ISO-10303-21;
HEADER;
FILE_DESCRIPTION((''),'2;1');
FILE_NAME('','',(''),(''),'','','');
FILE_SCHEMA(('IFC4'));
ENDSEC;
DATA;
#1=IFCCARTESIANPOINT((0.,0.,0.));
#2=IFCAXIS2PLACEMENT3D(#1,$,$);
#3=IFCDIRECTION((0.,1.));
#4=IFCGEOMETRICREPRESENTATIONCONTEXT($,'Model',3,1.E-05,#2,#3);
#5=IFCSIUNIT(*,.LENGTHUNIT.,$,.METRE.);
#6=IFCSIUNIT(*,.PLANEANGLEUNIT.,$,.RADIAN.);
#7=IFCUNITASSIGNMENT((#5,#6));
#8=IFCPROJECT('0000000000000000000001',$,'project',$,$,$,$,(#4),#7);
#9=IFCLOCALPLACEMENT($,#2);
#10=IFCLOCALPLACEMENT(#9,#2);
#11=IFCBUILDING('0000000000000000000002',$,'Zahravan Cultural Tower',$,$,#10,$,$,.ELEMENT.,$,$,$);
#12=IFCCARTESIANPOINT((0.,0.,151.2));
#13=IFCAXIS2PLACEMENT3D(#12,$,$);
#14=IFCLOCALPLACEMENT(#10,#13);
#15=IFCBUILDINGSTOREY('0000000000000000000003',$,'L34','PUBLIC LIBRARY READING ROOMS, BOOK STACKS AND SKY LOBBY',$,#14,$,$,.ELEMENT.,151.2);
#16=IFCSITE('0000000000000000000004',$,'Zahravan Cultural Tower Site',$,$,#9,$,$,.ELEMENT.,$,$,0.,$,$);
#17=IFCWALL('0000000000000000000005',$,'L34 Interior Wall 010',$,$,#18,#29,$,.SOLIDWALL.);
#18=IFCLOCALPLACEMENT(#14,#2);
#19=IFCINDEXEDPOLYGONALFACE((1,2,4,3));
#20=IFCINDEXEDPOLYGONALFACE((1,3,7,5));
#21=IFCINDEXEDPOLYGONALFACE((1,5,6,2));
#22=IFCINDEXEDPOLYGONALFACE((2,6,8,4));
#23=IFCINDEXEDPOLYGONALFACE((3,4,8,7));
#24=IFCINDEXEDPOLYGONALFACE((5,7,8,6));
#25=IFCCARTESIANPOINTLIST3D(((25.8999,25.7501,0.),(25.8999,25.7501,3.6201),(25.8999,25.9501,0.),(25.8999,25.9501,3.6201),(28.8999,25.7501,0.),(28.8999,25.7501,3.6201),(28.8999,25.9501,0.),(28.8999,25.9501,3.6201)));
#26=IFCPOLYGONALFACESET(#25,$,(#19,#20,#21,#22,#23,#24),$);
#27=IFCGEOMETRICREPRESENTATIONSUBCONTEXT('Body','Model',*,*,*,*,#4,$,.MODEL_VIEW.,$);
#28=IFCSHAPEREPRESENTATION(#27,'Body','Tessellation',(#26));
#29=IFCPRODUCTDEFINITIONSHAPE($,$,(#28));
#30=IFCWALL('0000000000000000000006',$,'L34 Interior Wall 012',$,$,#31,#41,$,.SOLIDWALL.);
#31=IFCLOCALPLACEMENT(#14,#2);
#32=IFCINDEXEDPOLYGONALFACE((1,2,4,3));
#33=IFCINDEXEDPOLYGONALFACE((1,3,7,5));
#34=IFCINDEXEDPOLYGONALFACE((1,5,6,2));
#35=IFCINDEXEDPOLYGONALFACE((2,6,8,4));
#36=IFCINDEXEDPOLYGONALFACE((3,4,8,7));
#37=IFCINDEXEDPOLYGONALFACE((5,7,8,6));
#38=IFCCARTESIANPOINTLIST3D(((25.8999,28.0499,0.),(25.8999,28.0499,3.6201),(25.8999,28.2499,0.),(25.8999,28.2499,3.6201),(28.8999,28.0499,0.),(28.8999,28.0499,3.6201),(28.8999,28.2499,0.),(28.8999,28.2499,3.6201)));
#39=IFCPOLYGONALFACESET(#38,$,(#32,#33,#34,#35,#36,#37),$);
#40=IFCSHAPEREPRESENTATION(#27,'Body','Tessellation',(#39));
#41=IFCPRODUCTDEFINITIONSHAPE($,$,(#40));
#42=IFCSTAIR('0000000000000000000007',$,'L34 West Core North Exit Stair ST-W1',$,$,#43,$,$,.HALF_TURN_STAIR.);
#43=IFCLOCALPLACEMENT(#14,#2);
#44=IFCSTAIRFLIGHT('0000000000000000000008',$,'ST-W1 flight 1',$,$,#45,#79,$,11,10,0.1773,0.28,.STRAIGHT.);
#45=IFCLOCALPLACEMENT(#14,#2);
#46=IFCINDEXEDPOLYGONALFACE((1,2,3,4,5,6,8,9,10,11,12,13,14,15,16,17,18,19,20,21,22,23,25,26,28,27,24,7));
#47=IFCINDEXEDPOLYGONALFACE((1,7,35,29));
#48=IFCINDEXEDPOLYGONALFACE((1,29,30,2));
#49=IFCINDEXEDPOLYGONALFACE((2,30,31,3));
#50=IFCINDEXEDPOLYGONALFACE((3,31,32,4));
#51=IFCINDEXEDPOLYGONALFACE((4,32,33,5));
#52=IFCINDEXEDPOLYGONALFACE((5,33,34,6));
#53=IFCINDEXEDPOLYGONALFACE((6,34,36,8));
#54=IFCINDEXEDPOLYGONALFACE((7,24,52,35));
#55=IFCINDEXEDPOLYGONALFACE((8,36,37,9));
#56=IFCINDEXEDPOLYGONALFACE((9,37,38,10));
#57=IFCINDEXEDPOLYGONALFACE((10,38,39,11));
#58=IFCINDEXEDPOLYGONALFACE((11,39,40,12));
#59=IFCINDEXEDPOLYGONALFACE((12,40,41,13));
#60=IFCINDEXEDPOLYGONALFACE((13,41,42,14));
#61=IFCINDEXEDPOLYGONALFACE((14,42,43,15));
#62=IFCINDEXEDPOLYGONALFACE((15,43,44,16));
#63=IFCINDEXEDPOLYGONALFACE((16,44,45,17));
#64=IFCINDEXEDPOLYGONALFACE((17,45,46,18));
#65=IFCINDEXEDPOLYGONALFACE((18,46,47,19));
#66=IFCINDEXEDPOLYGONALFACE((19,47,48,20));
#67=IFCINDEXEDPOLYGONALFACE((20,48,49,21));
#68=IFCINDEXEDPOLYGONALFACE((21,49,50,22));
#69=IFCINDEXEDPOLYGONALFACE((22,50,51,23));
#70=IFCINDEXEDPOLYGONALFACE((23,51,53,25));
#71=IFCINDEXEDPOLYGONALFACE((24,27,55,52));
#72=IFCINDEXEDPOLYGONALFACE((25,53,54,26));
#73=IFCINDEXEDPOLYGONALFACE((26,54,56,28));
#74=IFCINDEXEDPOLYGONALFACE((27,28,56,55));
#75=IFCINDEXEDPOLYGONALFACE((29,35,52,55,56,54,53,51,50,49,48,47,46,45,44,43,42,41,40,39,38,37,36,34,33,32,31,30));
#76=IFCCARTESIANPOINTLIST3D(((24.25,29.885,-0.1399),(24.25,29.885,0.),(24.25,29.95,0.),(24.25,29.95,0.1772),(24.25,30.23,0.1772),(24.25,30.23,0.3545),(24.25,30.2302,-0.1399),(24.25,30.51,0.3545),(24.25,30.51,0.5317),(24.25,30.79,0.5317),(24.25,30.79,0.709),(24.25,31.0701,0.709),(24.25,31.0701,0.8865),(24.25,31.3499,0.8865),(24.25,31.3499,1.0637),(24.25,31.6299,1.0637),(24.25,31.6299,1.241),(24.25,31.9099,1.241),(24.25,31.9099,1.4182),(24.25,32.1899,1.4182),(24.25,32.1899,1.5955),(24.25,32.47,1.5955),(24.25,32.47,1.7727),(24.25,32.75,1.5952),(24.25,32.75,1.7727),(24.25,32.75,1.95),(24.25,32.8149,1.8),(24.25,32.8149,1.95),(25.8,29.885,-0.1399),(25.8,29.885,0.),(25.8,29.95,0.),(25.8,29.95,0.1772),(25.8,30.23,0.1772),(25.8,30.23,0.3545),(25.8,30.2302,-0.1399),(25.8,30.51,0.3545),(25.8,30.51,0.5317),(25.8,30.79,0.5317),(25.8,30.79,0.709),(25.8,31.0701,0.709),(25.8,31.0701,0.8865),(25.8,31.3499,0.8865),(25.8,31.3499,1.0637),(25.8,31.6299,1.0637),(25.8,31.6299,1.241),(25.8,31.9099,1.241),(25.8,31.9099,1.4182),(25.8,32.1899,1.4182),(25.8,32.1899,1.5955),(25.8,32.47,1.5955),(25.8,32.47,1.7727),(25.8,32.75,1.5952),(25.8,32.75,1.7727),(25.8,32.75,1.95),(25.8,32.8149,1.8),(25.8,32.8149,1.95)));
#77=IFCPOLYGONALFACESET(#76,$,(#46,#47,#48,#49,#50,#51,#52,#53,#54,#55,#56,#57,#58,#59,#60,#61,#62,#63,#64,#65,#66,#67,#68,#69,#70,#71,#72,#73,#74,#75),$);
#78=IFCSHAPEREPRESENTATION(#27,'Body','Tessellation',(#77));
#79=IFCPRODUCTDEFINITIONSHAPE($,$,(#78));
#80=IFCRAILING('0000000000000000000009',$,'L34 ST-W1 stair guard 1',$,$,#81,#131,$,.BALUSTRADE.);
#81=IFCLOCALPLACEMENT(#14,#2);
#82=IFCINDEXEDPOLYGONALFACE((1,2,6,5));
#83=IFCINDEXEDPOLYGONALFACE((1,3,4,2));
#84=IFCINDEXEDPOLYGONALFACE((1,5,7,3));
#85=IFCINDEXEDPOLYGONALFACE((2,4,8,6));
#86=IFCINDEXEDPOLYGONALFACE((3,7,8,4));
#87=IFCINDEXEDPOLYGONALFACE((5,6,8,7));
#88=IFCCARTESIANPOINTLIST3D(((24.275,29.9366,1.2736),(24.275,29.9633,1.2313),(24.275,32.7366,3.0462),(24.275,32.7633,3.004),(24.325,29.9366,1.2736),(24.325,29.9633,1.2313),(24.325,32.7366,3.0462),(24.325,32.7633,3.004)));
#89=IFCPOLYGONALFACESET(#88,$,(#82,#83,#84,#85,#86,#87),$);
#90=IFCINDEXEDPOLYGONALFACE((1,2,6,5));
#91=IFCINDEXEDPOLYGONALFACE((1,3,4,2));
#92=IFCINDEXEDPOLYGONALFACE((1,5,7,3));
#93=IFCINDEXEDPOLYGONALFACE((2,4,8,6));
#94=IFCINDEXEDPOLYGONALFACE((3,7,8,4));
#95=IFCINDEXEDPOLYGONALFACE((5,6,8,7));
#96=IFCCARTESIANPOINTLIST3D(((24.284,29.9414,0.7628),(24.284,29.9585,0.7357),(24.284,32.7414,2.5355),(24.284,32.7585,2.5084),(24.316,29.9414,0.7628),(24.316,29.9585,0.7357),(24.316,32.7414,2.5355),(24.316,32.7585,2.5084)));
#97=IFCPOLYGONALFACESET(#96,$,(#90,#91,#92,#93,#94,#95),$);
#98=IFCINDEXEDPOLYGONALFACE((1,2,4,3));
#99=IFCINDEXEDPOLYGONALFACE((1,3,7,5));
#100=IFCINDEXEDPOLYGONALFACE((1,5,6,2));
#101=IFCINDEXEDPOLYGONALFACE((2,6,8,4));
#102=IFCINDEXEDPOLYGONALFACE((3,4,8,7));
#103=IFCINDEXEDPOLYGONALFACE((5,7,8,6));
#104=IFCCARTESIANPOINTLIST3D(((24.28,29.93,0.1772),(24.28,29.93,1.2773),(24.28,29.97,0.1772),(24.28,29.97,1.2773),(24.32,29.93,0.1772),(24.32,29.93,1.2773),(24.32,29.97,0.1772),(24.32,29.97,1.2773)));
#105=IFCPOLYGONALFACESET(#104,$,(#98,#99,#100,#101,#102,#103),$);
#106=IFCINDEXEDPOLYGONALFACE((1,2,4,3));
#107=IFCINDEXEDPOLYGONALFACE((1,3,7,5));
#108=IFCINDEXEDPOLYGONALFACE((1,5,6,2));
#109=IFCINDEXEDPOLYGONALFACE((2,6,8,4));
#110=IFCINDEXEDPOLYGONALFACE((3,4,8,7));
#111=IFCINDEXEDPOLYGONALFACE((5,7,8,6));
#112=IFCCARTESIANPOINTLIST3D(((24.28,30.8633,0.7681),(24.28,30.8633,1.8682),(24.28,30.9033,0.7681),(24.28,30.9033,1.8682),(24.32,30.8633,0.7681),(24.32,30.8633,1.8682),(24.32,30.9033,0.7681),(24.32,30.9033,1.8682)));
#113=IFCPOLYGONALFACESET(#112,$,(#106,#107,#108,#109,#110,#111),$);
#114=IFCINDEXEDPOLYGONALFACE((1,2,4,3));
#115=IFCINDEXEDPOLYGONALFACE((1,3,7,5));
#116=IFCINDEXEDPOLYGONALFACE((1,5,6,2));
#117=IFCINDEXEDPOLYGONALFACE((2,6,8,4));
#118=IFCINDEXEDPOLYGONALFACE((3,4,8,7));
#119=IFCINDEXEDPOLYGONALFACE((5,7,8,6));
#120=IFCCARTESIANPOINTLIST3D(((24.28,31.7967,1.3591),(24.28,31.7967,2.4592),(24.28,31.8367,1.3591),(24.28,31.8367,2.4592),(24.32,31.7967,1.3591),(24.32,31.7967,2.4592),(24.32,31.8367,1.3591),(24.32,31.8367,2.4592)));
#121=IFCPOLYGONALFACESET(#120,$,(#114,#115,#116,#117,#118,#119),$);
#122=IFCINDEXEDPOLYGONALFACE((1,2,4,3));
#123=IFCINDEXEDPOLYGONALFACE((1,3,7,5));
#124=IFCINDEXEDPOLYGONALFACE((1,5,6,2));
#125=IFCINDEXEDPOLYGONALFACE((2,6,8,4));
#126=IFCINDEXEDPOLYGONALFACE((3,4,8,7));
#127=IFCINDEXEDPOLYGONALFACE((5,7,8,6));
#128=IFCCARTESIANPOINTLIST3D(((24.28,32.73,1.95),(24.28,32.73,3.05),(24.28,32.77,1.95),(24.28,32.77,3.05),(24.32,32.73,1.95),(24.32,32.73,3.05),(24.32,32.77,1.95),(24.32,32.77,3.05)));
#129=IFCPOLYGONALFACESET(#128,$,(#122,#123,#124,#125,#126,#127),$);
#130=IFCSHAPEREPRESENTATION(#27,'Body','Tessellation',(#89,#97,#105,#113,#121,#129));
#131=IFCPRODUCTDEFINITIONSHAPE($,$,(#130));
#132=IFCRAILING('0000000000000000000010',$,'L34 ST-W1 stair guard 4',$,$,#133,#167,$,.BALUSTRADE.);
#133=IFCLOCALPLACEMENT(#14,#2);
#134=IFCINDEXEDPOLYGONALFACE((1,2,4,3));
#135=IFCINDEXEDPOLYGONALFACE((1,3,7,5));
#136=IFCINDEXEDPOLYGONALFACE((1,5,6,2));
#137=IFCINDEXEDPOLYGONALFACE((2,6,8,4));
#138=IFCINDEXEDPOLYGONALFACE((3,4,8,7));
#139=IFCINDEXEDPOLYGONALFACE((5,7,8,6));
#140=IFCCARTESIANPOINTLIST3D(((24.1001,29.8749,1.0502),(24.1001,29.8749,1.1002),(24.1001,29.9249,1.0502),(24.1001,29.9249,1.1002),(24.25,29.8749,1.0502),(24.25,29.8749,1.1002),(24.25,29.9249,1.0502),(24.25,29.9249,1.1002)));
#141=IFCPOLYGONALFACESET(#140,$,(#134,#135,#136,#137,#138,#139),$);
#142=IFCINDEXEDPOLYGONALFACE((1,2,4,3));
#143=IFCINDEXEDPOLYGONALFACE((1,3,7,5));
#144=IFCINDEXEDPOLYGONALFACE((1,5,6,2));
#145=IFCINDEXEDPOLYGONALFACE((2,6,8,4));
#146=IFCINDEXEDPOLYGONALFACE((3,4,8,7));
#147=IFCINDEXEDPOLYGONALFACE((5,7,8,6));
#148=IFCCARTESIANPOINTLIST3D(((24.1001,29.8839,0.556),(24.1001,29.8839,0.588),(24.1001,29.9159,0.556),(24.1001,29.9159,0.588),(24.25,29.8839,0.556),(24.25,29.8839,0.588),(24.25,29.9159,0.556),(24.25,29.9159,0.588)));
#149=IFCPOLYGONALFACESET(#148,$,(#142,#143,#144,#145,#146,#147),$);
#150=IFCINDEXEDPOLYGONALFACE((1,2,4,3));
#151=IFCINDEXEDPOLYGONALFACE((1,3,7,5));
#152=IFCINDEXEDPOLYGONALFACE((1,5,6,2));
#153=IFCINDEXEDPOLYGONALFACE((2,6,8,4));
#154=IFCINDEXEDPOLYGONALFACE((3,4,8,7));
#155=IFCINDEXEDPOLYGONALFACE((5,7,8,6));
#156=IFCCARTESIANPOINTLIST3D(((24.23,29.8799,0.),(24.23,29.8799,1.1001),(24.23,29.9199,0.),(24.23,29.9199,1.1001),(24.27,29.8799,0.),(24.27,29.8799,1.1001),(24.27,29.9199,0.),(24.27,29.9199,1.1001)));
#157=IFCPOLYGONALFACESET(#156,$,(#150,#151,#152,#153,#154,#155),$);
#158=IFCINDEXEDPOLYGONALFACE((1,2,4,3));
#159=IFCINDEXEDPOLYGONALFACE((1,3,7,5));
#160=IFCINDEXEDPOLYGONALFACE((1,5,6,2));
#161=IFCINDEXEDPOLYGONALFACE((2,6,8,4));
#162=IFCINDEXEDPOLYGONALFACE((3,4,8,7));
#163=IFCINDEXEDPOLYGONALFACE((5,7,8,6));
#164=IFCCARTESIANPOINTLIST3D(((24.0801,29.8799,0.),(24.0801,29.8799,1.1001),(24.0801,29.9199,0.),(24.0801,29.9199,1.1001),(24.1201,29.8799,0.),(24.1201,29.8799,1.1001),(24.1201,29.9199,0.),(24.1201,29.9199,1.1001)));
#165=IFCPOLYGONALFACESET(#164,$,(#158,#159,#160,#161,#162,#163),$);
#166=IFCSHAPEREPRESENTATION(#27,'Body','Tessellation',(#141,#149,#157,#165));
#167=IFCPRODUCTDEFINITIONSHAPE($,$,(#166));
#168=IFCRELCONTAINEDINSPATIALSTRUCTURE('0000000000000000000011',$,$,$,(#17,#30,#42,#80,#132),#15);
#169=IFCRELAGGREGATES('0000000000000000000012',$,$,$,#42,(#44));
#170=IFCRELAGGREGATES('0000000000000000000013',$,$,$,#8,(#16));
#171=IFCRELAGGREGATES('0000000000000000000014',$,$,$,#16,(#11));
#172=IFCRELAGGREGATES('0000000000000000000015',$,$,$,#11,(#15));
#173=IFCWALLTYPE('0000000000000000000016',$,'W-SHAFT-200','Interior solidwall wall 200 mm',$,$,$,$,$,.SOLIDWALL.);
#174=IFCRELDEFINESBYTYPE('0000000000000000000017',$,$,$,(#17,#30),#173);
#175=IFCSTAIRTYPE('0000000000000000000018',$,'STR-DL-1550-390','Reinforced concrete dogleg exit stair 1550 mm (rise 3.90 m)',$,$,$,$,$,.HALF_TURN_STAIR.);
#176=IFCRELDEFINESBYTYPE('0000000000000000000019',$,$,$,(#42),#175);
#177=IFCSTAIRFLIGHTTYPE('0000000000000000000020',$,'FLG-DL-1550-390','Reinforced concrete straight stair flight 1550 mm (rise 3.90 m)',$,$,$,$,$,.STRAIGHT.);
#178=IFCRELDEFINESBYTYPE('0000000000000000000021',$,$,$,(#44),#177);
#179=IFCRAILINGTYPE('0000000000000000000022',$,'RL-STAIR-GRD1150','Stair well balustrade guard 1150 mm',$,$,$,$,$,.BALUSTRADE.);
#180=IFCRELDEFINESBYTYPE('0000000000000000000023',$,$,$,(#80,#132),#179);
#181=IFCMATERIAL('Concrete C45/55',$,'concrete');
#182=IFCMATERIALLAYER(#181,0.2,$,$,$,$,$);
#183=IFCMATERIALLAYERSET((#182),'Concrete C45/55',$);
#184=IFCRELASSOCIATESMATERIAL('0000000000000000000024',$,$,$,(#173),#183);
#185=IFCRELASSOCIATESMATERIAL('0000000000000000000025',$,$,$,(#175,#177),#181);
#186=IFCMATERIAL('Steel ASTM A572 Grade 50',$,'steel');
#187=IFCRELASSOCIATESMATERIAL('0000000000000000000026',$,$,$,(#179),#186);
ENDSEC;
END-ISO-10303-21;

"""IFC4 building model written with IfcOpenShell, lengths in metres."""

from ifc_helpers import new_model, si_unit, direction, frame, frame_2d, origin, origin_2d, place, context, subcontext, project, spatial, polyline, rectangle, outline, extrude, source, transform, mapped, material, layer, layer_set, type_object, element, aggregate, save


model = new_model("IFC4")

# Units and contexts
model_context = context("Model", 3, precision=1e-05, world=origin(), true_north=direction((0.0, 1.0)))
body_context = subcontext(model_context, "Body", "Model", "MODEL_VIEW")
ifc_project = project(units=[si_unit("LENGTHUNIT", "METRE"), si_unit("PLANEANGLEUNIT", "RADIAN")], contexts=[model_context])

# Site, building, storey
site_placement = place(None, origin())
site = spatial("IfcSite", under=ifc_project, at=site_placement, Name="Zahravan Cultural Tower Site", CompositionType="ELEMENT", RefElevation=0.0)
building_placement = place(site_placement, origin())
building = spatial("IfcBuilding", under=site, at=building_placement, Name="Zahravan Cultural Tower", CompositionType="ELEMENT")
storey_placement = place(building_placement, frame((0.0, 0.0, 151.2)))
storey = spatial("IfcBuildingStorey", under=building, at=storey_placement, Name="L34", Description="PUBLIC LIBRARY READING ROOMS, BOOK STACKS AND SKY LOBBY", CompositionType="ELEMENT", Elevation=151.2)

# Shared definitions
ifc_material_1 = material(Name="Concrete C45/55", Category="concrete")
ifc_layer_1 = layer(ifc_material_1, 0.2)
ifc_layer_set_1 = layer_set([ifc_layer_1], Name="Concrete C45/55")
wall_type_1 = type_object("IfcWallType", Name="W-SHAFT-200", Description="Interior solidwall wall 200 mm", PredefinedType="SOLIDWALL", material=ifc_layer_set_1)
ifc_material_2 = material(Name="Steel ASTM A572 Grade 50", Category="steel")

# Walls
shared_shape_1 = source(origin(), body_context, "Body", "SweptSolid", [
    extrude(rectangle(XDim=3.0, YDim=0.2, at=frame_2d((1.5, 0.0))), origin(), (0.0, 0.0, 1.0), 3.6201),
])
for number, where, z_axis, x_axis, name in (
    (1, (25.8999, 25.8501, 0.0), (0.0, 0.0, 1.0), (1.0, 0.0, 0.0), "L34 Interior Wall 010"),
    (2, (25.8999, 28.1499, 0.0), (0.0, 0.0, 1.0), (1.0, 0.0, 0.0), "L34 Interior Wall 012"),
):
    element("IfcWall", number, at=place(storey_placement, frame(where, z_axis=z_axis, x_axis=x_axis)), inside=storey, type_object=wall_type_1, Name=name, PredefinedType="SOLIDWALL", context=body_context, shape_type="MappedRepresentation", body=[
        mapped(shared_shape_1, transform((0.0, 0.0, 0.0), x_axis=(1.0, 0.0, 0.0), y_axis=(0.0, 1.0, 0.0), z_axis=(0.0, 0.0, 1.0), scale=1.0)),
    ])

# Stair, stair flight
stair_type = type_object("IfcStairType", Name="STR-DL-1550-390", Description="Reinforced concrete dogleg exit stair 1550 mm (rise 3.90 m)", PredefinedType="HALF_TURN_STAIR", material=ifc_material_1)
stair_placement = place(storey_placement, origin())
stair = element("IfcStair", 3, at=stair_placement, inside=storey, type_object=stair_type, Name="L34 West Core North Exit Stair ST-W1", PredefinedType="HALF_TURN_STAIR")
stair_flight_type = type_object("IfcStairFlightType", Name="FLG-DL-1550-390", Description="Reinforced concrete straight stair flight 1550 mm (rise 3.90 m)", PredefinedType="STRAIGHT", material=ifc_material_1)
stair_flight_placement = place(storey_placement, frame((25.0249, 29.95, 0.0), z_axis=(0.0, 0.0, 1.0), x_axis=(0.0, 1.0, 0.0)))
stair_flight = element("IfcStairFlight", 4, at=stair_flight_placement, type_object=stair_flight_type, Name="ST-W1 flight 1", NumberOfRisers=11, NumberOfTreads=10, PredefinedType="STRAIGHT", RiserHeight=0.1773, TreadLength=0.28, context=body_context, shape_type="SweptSolid", body=[
    extrude(outline(polyline([(-0.0649, -0.1399), (-0.0649, 0.0), (0.0, 0.0), (0.0, 0.1772), (0.28, 0.1772), (0.28, 0.3545), (0.5601, 0.3545), (0.5601, 0.5317), (0.8401, 0.5317), (0.8401, 0.709), (1.1201, 0.709), (1.1201, 0.8865), (1.3999, 0.8865), (1.3999, 1.0637), (1.6799, 1.0637), (1.6799, 1.241), (1.96, 1.241), (1.96, 1.4182), (2.24, 1.4182), (2.24, 1.5955), (2.52, 1.5955), (2.52, 1.7727), (2.8, 1.7727), (2.8, 1.95), (2.865, 1.95), (2.865, 1.8), (2.8, 1.5952), (0.2803, -0.1399), (-0.0649, -0.1399)])), frame((0.0, 0.7749, 0.0), z_axis=(0.0, -1.0, 0.0), x_axis=(1.0, 0.0, 0.0)), (0.0, 0.0, 1.0), 1.55),
])
aggregate(stair, [stair_flight])

# Railings
railing_type_1 = type_object("IfcRailingType", Name="RL-STAIR-GRD1150", Description="Stair well balustrade guard 1150 mm", PredefinedType="BALUSTRADE", material=ifc_material_2)
railing_1_placement = place(storey_placement, frame((24.3, 29.95, 0.1772)))
element("IfcRailing", 5, at=railing_1_placement, inside=storey, type_object=railing_type_1, Name="L34 ST-W1 stair guard 1", PredefinedType="BALUSTRADE", context=body_context, shape_type="SweptSolid", body=[
    extrude(rectangle(XDim=0.05, YDim=0.05, at=origin_2d()), frame((0.0, 0.0, 1.0752), z_axis=(0.0, 0.844909, 0.53491), x_axis=(-1.0, 0.0, 0.0)), (0.0, 0.0, 1.0), 3.314),
    extrude(rectangle(XDim=0.032, YDim=0.032, at=origin_2d()), frame((0.0, 0.0, 0.572), z_axis=(0.0, 0.844909, 0.53491), x_axis=(-1.0, 0.0, 0.0)), (0.0, 0.0, 1.0), 3.314),
    extrude(rectangle(XDim=0.04, YDim=0.04, at=origin_2d()), origin(), (0.0, 0.0, 1.0), 1.1001),
    extrude(rectangle(XDim=0.04, YDim=0.04, at=origin_2d()), frame((0.0, 0.9333, 0.5908)), (0.0, 0.0, 1.0), 1.1001),
    extrude(rectangle(XDim=0.04, YDim=0.04, at=origin_2d()), frame((0.0, 1.8667, 1.1819)), (0.0, 0.0, 1.0), 1.1001),
    extrude(rectangle(XDim=0.04, YDim=0.04, at=origin_2d()), frame((0.0, 2.8, 1.7727)), (0.0, 0.0, 1.0), 1.1001),
])
railing_2_placement = place(storey_placement, frame((24.25, 29.8999, 0.0)))
element("IfcRailing", 6, at=railing_2_placement, inside=storey, type_object=railing_type_1, Name="L34 ST-W1 stair guard 4", PredefinedType="BALUSTRADE", context=body_context, shape_type="SweptSolid", body=[
    extrude(rectangle(XDim=0.05, YDim=0.05, at=origin_2d()), frame((0.0, 0.0, 1.0752), z_axis=(-1.0, 0.0, 0.0), x_axis=(0.0, -1.0, 0.0)), (0.0, 0.0, 1.0), 0.1499),
    extrude(rectangle(XDim=0.032, YDim=0.032, at=origin_2d()), frame((0.0, 0.0, 0.572), z_axis=(-1.0, 0.0, 0.0), x_axis=(0.0, -1.0, 0.0)), (0.0, 0.0, 1.0), 0.1499),
    extrude(rectangle(XDim=0.04, YDim=0.04, at=origin_2d()), origin(), (0.0, 0.0, 1.0), 1.1001),
    extrude(rectangle(XDim=0.04, YDim=0.04, at=origin_2d()), frame((-0.1499, 0.0, 0.0)), (0.0, 0.0, 1.0), 1.1001),
])

save(model, "model.ifc")
